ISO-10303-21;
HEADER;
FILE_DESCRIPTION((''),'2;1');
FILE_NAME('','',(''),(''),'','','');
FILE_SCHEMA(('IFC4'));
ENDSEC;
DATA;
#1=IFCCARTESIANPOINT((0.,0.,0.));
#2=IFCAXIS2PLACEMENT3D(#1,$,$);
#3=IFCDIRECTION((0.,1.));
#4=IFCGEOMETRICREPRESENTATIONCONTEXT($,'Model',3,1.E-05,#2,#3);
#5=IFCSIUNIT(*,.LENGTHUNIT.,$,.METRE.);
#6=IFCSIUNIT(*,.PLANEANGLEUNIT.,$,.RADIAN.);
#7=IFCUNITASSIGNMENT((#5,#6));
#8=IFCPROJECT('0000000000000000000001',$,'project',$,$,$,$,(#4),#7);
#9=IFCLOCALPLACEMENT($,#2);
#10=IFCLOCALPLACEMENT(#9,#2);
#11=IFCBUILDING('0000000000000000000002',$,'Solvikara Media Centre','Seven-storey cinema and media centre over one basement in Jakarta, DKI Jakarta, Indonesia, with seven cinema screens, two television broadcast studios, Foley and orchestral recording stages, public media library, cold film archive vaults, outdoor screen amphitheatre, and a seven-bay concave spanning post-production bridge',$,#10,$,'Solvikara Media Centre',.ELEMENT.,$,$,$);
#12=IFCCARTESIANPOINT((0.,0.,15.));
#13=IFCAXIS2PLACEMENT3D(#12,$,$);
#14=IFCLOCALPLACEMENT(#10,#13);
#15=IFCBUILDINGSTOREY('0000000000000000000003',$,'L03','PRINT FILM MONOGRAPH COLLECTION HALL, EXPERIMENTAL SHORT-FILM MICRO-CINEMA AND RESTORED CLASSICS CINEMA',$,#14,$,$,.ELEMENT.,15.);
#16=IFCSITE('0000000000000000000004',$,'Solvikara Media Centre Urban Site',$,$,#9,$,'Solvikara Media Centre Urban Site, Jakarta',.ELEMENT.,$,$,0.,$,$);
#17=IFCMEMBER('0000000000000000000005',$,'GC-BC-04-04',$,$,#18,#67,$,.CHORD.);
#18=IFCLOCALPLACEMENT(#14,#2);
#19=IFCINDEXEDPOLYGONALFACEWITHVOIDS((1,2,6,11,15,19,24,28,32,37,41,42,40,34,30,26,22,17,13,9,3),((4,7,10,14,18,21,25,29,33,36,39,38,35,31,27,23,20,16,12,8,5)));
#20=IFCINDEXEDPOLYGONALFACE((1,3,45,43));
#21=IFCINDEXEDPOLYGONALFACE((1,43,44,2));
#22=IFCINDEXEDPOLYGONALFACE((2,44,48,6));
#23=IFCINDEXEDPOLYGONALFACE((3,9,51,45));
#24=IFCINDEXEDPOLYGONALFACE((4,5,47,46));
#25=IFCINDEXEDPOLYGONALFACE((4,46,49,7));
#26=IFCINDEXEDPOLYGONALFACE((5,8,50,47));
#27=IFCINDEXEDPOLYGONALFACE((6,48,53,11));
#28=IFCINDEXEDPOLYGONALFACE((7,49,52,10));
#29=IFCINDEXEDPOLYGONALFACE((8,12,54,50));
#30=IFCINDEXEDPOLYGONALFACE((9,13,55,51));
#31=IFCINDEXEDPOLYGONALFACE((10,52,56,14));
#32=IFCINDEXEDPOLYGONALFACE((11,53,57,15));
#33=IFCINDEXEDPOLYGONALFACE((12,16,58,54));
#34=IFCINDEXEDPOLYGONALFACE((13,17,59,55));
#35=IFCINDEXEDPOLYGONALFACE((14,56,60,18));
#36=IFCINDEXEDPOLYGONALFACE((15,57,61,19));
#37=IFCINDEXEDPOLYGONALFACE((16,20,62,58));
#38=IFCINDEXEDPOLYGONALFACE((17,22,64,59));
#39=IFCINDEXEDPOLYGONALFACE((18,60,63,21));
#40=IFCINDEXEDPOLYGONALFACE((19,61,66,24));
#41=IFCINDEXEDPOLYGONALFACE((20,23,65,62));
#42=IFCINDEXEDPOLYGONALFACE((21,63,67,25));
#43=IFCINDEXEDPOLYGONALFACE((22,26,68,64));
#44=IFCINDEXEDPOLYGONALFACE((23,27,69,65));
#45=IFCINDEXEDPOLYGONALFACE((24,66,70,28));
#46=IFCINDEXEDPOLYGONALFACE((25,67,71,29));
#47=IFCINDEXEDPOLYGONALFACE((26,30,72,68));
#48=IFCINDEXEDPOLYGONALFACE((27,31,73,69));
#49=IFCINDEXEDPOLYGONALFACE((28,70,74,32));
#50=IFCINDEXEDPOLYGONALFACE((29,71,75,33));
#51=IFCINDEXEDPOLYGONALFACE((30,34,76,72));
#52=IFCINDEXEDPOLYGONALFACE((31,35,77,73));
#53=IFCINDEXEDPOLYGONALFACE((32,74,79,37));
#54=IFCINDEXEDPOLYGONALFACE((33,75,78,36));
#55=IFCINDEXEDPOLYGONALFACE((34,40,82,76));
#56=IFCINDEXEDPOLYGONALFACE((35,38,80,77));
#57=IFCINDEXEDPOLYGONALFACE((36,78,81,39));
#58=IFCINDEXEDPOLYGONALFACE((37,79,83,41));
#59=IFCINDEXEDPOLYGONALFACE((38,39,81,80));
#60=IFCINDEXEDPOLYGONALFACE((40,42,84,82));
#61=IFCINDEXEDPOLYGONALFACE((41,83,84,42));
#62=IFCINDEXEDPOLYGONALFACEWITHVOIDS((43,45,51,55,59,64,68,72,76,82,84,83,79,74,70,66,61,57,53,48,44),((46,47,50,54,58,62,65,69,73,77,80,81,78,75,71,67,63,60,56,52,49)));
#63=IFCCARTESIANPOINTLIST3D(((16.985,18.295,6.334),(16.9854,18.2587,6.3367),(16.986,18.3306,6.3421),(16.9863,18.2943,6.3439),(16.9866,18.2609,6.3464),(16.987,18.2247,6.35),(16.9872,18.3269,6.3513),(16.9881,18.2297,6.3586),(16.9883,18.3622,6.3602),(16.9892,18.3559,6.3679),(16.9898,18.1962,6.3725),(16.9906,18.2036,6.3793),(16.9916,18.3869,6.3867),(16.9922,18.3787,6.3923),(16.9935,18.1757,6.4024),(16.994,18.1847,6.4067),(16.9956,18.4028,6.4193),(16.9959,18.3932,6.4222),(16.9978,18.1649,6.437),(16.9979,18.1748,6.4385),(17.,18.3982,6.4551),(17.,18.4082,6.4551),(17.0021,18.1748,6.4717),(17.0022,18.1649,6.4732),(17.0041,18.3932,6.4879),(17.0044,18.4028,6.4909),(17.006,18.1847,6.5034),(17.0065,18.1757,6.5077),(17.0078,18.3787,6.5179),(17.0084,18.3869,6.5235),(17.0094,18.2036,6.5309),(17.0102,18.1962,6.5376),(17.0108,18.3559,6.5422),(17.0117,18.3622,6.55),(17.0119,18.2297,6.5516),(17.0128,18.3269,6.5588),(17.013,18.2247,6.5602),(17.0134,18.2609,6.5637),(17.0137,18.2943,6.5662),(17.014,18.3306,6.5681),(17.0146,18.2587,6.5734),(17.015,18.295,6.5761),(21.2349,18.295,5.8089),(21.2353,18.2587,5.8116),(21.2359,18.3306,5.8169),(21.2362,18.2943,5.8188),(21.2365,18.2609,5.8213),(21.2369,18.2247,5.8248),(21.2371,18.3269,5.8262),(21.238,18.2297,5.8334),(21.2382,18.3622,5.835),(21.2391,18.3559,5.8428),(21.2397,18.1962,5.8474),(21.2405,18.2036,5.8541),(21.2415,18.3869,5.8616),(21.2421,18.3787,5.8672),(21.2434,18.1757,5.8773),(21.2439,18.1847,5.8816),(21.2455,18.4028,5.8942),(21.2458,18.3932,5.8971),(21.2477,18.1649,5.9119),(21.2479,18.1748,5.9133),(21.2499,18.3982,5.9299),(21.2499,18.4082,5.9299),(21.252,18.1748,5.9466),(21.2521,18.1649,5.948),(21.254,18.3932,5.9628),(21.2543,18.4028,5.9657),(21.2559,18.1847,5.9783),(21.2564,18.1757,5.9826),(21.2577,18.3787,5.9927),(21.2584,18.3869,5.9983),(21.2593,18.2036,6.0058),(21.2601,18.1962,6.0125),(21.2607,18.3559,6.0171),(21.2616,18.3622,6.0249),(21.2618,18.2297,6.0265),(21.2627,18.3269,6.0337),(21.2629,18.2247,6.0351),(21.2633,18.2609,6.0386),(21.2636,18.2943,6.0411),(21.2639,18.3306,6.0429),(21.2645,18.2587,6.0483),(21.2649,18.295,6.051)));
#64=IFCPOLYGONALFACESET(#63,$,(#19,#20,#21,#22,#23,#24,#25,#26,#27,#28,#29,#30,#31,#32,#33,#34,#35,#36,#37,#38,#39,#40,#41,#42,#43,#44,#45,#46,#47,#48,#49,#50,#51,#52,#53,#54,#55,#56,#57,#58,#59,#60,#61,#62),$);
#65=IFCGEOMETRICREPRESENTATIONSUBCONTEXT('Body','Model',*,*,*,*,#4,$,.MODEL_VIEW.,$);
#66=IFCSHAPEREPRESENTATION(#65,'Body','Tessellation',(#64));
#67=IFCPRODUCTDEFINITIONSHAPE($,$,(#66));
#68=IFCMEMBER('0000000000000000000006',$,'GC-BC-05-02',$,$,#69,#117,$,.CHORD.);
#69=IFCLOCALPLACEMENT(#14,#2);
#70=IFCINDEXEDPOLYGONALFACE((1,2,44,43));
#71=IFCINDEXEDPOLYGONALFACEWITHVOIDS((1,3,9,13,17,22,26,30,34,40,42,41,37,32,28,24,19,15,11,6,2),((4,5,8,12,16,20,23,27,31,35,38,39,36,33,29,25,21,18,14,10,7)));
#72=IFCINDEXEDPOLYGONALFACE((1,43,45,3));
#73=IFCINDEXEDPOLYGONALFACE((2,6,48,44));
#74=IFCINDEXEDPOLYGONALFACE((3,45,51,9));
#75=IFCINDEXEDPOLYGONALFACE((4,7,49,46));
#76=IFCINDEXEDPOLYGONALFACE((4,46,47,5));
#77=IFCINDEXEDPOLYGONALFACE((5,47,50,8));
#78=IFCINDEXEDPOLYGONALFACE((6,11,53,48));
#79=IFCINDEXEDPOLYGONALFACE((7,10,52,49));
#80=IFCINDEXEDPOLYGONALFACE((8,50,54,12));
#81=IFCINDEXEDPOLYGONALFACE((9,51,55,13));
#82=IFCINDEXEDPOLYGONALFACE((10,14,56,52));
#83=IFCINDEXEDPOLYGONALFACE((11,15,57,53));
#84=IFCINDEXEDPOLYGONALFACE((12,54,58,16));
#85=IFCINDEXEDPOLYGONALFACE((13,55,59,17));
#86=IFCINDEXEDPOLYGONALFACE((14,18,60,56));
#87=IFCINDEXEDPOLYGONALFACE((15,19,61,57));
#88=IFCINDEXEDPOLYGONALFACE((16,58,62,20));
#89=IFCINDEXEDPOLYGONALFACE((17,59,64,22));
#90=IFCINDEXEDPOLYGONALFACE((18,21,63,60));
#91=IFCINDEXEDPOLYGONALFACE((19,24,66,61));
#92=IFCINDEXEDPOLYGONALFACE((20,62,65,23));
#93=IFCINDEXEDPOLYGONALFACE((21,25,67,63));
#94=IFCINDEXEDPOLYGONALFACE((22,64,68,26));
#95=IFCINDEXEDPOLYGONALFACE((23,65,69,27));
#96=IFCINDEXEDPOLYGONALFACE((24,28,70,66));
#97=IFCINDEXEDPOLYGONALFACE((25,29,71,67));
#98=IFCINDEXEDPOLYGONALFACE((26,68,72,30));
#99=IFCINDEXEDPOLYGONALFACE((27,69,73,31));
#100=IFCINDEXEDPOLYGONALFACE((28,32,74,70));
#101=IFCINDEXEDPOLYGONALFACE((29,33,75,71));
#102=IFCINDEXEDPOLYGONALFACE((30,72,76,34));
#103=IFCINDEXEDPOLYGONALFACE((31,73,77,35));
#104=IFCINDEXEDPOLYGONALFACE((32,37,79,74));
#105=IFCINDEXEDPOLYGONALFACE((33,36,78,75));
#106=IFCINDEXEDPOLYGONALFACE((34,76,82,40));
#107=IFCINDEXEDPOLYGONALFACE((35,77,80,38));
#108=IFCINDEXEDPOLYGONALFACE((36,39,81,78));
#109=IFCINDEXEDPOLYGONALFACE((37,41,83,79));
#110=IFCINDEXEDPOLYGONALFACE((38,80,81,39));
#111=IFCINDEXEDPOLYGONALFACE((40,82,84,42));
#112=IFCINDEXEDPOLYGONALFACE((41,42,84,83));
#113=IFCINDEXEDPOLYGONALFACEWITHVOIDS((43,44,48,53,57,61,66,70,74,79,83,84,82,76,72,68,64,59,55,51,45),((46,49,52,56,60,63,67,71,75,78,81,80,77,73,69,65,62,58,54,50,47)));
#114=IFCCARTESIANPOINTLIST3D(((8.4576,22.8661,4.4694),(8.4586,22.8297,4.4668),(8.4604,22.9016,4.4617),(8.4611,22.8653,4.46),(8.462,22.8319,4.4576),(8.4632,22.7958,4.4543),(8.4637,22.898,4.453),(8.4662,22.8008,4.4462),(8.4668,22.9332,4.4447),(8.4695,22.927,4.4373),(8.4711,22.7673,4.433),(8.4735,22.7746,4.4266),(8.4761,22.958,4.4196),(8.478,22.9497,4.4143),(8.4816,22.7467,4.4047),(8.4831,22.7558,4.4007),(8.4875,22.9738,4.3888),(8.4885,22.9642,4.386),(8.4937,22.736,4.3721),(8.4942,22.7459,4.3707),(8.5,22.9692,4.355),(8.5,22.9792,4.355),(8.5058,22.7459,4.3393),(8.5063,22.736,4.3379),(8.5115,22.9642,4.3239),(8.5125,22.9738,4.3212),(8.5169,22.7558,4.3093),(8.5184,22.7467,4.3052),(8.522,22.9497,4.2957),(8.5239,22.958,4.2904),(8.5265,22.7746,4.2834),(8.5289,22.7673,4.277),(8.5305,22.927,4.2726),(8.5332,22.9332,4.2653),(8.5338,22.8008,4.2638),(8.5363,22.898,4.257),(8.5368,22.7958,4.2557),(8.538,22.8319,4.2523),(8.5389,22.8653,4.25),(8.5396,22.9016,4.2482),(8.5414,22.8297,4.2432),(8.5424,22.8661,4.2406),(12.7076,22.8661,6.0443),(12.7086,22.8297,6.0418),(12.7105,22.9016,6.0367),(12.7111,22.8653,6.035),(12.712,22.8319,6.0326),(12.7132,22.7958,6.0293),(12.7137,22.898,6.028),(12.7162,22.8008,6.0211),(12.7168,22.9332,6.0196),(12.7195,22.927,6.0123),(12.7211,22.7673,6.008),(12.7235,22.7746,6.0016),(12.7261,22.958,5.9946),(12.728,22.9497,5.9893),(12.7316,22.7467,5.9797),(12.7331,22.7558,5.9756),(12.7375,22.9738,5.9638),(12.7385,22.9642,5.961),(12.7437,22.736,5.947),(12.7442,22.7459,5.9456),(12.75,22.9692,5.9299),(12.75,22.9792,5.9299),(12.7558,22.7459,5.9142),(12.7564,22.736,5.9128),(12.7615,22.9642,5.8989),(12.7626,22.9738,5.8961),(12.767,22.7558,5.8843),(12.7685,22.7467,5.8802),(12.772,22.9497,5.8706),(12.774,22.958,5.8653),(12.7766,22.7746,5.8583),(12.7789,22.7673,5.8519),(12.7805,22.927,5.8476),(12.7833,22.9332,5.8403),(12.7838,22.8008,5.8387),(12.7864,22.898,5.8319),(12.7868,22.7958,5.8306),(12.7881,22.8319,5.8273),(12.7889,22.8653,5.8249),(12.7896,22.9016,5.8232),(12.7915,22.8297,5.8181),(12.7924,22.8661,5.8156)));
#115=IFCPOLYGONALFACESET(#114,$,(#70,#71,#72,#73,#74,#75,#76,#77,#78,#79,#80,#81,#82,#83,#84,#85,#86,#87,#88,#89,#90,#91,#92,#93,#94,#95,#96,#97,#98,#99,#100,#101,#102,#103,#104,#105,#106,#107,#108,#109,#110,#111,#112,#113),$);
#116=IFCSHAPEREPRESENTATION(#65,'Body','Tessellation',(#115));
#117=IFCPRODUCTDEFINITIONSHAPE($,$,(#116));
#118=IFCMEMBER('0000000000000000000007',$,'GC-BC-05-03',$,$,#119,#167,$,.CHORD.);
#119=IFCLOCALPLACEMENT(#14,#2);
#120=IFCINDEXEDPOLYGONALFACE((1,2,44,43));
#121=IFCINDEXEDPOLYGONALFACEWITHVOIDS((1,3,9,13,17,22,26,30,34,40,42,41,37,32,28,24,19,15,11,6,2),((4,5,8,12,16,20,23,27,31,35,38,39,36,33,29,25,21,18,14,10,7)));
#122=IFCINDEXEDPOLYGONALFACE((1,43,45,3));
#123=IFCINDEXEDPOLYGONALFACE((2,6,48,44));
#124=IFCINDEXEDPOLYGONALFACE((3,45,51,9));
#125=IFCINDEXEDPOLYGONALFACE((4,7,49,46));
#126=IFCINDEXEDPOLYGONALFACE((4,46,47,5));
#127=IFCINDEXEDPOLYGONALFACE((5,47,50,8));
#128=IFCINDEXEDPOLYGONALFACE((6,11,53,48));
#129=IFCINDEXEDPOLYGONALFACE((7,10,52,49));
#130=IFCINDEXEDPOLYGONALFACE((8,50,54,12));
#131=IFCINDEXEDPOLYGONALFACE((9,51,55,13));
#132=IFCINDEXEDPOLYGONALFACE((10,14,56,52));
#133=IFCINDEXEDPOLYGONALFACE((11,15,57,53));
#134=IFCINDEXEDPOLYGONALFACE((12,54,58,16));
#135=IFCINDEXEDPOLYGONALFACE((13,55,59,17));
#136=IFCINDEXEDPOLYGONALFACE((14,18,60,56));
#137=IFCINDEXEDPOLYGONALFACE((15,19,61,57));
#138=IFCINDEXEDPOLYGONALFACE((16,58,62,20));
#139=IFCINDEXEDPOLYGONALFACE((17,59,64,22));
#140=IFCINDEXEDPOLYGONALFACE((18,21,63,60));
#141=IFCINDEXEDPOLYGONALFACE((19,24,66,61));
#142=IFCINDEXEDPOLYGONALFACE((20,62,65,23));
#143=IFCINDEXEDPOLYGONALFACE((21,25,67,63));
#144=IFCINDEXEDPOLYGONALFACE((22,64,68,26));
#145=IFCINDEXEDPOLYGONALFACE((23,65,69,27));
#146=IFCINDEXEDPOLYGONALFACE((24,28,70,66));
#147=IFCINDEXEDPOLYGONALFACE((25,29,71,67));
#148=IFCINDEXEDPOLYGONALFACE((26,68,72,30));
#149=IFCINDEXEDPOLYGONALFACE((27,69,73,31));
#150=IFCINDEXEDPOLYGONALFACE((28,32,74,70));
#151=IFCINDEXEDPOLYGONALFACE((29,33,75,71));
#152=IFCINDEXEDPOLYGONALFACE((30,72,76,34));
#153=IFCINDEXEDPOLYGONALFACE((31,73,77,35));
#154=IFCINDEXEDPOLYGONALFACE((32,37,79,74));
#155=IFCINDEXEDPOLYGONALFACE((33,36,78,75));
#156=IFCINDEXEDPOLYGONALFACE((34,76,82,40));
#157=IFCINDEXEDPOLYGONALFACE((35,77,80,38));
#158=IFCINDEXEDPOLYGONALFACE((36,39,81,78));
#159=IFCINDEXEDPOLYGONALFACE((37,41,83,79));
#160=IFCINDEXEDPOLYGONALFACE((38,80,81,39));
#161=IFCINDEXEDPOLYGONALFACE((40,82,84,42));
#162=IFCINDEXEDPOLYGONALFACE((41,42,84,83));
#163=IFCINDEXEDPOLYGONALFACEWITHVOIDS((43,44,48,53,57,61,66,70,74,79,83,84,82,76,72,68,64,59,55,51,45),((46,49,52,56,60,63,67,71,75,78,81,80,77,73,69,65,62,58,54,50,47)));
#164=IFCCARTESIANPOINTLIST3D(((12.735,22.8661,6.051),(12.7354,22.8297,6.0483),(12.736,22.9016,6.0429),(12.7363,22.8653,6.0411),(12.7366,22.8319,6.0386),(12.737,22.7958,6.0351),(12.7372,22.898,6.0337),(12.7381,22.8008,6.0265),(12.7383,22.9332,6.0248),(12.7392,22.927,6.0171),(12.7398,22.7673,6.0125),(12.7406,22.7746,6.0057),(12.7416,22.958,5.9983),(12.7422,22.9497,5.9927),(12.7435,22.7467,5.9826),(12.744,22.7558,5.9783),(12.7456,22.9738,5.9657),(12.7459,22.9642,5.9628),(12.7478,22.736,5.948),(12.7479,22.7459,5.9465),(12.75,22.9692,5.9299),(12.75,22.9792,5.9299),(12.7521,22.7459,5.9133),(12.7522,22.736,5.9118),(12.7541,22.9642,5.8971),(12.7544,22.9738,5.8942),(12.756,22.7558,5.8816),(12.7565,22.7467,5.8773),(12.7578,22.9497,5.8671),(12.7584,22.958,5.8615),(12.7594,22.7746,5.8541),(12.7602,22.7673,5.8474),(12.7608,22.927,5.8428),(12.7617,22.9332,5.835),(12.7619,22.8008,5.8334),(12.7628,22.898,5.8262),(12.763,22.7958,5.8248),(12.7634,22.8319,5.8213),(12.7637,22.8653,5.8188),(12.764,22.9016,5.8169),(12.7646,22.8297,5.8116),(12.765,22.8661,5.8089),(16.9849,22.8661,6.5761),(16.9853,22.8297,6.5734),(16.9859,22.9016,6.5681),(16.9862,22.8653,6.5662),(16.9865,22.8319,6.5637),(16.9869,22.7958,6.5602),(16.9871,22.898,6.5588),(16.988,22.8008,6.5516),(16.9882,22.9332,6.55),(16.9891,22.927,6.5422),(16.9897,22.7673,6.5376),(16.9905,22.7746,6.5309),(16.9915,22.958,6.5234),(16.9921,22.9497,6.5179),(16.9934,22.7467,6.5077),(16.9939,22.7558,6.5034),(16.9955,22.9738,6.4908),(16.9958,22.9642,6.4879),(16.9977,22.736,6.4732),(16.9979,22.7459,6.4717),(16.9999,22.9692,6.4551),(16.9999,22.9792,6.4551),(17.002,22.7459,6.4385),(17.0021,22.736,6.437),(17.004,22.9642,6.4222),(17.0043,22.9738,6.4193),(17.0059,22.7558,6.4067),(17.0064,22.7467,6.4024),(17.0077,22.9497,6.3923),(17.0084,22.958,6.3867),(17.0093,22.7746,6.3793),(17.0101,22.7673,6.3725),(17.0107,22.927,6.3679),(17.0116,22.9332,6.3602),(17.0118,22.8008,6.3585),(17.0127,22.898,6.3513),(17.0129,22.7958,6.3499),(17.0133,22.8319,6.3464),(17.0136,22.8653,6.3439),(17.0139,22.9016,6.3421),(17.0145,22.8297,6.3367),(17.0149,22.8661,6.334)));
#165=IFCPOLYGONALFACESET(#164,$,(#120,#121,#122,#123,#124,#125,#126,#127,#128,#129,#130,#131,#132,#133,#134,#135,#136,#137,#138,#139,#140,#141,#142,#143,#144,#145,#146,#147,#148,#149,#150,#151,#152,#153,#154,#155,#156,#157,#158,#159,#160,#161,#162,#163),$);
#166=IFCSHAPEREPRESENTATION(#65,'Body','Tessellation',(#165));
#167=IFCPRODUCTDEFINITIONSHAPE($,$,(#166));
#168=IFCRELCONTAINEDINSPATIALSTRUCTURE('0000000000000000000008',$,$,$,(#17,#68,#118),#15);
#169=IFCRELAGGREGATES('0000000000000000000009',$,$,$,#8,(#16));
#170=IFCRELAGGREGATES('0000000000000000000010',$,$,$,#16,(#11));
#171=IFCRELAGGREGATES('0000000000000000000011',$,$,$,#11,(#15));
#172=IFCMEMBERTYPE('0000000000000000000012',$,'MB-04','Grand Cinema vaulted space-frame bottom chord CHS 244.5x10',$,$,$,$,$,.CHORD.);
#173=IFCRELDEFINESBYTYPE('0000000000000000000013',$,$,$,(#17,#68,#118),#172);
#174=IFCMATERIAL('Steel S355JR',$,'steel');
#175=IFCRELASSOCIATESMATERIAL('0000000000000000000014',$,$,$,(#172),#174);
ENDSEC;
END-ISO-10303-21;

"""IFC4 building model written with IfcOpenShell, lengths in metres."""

from ifc_helpers import new_model, si_unit, direction, frame, origin, origin_2d, place, context, subcontext, project, spatial, hollow_circle, extrude, material, material_profile, profile_set, type_object, element, save


model = new_model("IFC4")

# Units and contexts
model_context = context("Model", 3, precision=1e-05, world=origin(), true_north=direction((0.0, 1.0)))
body_context = subcontext(model_context, "Body", "Model", "MODEL_VIEW")
ifc_project = project(units=[si_unit("LENGTHUNIT", "METRE"), si_unit("PLANEANGLEUNIT", "RADIAN")], contexts=[model_context])

# Site, building, storey
site_placement = place(None, origin())
site = spatial("IfcSite", under=ifc_project, at=site_placement, Name="Solvikara Media Centre Urban Site", LongName="Solvikara Media Centre Urban Site, Jakarta", CompositionType="ELEMENT", RefElevation=0.0)
building_placement = place(site_placement, origin())
building = spatial("IfcBuilding", under=site, at=building_placement, Name="Solvikara Media Centre", Description="Seven-storey cinema and media centre over one basement in Jakarta, DKI Jakarta, Indonesia, with seven cinema screens, two television broadcast studios, Foley and orchestral recording stages, public media library, cold film archive vaults, outdoor screen amphitheatre, and a seven-bay concave spanning post-production bridge", LongName="Solvikara Media Centre", CompositionType="ELEMENT")
storey_placement = place(building_placement, frame((0.0, 0.0, 15.0)))
storey = spatial("IfcBuildingStorey", under=building, at=storey_placement, Name="L03", Description="PRINT FILM MONOGRAPH COLLECTION HALL, EXPERIMENTAL SHORT-FILM MICRO-CINEMA AND RESTORED CLASSICS CINEMA", CompositionType="ELEMENT", Elevation=15.0)

# Members
ifc_material = material(Name="Steel S355JR", Category="steel")
ifc_material_profile_1 = material_profile(ifc_material, hollow_circle(Radius=0.1223, WallThickness=0.01, at=origin_2d()), Name="CHS 244.5x10")
ifc_profile_set_1 = profile_set([ifc_material_profile_1], Name="Steel S355JR")
member_type_1 = type_object("IfcMemberType", Name="MB-04", Description="Grand Cinema vaulted space-frame bottom chord CHS 244.5x10", PredefinedType="CHORD", material=ifc_profile_set_1)
for number, where, z_axis, x_axis, name in (
    (1, (17.0, 18.2859, 6.4551), (0.992452, 0.0, -0.122631), (0.0, 1.0, 0.0), "GC-BC-04-04"),
):
    element("IfcMember", number, at=place(storey_placement, frame(where, z_axis=z_axis, x_axis=x_axis)), inside=storey, type_object=member_type_1, Name=name, PredefinedType="CHORD", context=body_context, shape_type="SweptSolid", body=[
        extrude(hollow_circle(Radius=0.1223, WallThickness=0.01, at=origin_2d()), origin(), (0.0, 0.0, 1.0), 4.2822),
    ])
member_1_placement = place(storey_placement, frame((8.5, 22.8569, 4.355), z_axis=(0.937686, 0.0, 0.347485), x_axis=(0.0, 1.0, 0.0)))
element("IfcMember", 2, at=member_1_placement, inside=storey, type_object=member_type_1, Name="GC-BC-05-02", PredefinedType="CHORD", context=body_context, shape_type="SweptSolid", body=[
    extrude(hollow_circle(Radius=0.1223, WallThickness=0.01, at=origin_2d()), origin(), (0.0, 0.0, 1.0), 4.5325),
])
for number, where, z_axis, x_axis, name in (
    (3, (12.75, 22.8569, 5.9299), (0.992452, 0.0, 0.122631), (0.0, 1.0, 0.0), "GC-BC-05-03"),
):
    element("IfcMember", number, at=place(storey_placement, frame(where, z_axis=z_axis, x_axis=x_axis)), inside=storey, type_object=member_type_1, Name=name, PredefinedType="CHORD", context=body_context, shape_type="SweptSolid", body=[
        extrude(hollow_circle(Radius=0.1223, WallThickness=0.01, at=origin_2d()), origin(), (0.0, 0.0, 1.0), 4.2822),
    ])

save(model, "model.ifc")
